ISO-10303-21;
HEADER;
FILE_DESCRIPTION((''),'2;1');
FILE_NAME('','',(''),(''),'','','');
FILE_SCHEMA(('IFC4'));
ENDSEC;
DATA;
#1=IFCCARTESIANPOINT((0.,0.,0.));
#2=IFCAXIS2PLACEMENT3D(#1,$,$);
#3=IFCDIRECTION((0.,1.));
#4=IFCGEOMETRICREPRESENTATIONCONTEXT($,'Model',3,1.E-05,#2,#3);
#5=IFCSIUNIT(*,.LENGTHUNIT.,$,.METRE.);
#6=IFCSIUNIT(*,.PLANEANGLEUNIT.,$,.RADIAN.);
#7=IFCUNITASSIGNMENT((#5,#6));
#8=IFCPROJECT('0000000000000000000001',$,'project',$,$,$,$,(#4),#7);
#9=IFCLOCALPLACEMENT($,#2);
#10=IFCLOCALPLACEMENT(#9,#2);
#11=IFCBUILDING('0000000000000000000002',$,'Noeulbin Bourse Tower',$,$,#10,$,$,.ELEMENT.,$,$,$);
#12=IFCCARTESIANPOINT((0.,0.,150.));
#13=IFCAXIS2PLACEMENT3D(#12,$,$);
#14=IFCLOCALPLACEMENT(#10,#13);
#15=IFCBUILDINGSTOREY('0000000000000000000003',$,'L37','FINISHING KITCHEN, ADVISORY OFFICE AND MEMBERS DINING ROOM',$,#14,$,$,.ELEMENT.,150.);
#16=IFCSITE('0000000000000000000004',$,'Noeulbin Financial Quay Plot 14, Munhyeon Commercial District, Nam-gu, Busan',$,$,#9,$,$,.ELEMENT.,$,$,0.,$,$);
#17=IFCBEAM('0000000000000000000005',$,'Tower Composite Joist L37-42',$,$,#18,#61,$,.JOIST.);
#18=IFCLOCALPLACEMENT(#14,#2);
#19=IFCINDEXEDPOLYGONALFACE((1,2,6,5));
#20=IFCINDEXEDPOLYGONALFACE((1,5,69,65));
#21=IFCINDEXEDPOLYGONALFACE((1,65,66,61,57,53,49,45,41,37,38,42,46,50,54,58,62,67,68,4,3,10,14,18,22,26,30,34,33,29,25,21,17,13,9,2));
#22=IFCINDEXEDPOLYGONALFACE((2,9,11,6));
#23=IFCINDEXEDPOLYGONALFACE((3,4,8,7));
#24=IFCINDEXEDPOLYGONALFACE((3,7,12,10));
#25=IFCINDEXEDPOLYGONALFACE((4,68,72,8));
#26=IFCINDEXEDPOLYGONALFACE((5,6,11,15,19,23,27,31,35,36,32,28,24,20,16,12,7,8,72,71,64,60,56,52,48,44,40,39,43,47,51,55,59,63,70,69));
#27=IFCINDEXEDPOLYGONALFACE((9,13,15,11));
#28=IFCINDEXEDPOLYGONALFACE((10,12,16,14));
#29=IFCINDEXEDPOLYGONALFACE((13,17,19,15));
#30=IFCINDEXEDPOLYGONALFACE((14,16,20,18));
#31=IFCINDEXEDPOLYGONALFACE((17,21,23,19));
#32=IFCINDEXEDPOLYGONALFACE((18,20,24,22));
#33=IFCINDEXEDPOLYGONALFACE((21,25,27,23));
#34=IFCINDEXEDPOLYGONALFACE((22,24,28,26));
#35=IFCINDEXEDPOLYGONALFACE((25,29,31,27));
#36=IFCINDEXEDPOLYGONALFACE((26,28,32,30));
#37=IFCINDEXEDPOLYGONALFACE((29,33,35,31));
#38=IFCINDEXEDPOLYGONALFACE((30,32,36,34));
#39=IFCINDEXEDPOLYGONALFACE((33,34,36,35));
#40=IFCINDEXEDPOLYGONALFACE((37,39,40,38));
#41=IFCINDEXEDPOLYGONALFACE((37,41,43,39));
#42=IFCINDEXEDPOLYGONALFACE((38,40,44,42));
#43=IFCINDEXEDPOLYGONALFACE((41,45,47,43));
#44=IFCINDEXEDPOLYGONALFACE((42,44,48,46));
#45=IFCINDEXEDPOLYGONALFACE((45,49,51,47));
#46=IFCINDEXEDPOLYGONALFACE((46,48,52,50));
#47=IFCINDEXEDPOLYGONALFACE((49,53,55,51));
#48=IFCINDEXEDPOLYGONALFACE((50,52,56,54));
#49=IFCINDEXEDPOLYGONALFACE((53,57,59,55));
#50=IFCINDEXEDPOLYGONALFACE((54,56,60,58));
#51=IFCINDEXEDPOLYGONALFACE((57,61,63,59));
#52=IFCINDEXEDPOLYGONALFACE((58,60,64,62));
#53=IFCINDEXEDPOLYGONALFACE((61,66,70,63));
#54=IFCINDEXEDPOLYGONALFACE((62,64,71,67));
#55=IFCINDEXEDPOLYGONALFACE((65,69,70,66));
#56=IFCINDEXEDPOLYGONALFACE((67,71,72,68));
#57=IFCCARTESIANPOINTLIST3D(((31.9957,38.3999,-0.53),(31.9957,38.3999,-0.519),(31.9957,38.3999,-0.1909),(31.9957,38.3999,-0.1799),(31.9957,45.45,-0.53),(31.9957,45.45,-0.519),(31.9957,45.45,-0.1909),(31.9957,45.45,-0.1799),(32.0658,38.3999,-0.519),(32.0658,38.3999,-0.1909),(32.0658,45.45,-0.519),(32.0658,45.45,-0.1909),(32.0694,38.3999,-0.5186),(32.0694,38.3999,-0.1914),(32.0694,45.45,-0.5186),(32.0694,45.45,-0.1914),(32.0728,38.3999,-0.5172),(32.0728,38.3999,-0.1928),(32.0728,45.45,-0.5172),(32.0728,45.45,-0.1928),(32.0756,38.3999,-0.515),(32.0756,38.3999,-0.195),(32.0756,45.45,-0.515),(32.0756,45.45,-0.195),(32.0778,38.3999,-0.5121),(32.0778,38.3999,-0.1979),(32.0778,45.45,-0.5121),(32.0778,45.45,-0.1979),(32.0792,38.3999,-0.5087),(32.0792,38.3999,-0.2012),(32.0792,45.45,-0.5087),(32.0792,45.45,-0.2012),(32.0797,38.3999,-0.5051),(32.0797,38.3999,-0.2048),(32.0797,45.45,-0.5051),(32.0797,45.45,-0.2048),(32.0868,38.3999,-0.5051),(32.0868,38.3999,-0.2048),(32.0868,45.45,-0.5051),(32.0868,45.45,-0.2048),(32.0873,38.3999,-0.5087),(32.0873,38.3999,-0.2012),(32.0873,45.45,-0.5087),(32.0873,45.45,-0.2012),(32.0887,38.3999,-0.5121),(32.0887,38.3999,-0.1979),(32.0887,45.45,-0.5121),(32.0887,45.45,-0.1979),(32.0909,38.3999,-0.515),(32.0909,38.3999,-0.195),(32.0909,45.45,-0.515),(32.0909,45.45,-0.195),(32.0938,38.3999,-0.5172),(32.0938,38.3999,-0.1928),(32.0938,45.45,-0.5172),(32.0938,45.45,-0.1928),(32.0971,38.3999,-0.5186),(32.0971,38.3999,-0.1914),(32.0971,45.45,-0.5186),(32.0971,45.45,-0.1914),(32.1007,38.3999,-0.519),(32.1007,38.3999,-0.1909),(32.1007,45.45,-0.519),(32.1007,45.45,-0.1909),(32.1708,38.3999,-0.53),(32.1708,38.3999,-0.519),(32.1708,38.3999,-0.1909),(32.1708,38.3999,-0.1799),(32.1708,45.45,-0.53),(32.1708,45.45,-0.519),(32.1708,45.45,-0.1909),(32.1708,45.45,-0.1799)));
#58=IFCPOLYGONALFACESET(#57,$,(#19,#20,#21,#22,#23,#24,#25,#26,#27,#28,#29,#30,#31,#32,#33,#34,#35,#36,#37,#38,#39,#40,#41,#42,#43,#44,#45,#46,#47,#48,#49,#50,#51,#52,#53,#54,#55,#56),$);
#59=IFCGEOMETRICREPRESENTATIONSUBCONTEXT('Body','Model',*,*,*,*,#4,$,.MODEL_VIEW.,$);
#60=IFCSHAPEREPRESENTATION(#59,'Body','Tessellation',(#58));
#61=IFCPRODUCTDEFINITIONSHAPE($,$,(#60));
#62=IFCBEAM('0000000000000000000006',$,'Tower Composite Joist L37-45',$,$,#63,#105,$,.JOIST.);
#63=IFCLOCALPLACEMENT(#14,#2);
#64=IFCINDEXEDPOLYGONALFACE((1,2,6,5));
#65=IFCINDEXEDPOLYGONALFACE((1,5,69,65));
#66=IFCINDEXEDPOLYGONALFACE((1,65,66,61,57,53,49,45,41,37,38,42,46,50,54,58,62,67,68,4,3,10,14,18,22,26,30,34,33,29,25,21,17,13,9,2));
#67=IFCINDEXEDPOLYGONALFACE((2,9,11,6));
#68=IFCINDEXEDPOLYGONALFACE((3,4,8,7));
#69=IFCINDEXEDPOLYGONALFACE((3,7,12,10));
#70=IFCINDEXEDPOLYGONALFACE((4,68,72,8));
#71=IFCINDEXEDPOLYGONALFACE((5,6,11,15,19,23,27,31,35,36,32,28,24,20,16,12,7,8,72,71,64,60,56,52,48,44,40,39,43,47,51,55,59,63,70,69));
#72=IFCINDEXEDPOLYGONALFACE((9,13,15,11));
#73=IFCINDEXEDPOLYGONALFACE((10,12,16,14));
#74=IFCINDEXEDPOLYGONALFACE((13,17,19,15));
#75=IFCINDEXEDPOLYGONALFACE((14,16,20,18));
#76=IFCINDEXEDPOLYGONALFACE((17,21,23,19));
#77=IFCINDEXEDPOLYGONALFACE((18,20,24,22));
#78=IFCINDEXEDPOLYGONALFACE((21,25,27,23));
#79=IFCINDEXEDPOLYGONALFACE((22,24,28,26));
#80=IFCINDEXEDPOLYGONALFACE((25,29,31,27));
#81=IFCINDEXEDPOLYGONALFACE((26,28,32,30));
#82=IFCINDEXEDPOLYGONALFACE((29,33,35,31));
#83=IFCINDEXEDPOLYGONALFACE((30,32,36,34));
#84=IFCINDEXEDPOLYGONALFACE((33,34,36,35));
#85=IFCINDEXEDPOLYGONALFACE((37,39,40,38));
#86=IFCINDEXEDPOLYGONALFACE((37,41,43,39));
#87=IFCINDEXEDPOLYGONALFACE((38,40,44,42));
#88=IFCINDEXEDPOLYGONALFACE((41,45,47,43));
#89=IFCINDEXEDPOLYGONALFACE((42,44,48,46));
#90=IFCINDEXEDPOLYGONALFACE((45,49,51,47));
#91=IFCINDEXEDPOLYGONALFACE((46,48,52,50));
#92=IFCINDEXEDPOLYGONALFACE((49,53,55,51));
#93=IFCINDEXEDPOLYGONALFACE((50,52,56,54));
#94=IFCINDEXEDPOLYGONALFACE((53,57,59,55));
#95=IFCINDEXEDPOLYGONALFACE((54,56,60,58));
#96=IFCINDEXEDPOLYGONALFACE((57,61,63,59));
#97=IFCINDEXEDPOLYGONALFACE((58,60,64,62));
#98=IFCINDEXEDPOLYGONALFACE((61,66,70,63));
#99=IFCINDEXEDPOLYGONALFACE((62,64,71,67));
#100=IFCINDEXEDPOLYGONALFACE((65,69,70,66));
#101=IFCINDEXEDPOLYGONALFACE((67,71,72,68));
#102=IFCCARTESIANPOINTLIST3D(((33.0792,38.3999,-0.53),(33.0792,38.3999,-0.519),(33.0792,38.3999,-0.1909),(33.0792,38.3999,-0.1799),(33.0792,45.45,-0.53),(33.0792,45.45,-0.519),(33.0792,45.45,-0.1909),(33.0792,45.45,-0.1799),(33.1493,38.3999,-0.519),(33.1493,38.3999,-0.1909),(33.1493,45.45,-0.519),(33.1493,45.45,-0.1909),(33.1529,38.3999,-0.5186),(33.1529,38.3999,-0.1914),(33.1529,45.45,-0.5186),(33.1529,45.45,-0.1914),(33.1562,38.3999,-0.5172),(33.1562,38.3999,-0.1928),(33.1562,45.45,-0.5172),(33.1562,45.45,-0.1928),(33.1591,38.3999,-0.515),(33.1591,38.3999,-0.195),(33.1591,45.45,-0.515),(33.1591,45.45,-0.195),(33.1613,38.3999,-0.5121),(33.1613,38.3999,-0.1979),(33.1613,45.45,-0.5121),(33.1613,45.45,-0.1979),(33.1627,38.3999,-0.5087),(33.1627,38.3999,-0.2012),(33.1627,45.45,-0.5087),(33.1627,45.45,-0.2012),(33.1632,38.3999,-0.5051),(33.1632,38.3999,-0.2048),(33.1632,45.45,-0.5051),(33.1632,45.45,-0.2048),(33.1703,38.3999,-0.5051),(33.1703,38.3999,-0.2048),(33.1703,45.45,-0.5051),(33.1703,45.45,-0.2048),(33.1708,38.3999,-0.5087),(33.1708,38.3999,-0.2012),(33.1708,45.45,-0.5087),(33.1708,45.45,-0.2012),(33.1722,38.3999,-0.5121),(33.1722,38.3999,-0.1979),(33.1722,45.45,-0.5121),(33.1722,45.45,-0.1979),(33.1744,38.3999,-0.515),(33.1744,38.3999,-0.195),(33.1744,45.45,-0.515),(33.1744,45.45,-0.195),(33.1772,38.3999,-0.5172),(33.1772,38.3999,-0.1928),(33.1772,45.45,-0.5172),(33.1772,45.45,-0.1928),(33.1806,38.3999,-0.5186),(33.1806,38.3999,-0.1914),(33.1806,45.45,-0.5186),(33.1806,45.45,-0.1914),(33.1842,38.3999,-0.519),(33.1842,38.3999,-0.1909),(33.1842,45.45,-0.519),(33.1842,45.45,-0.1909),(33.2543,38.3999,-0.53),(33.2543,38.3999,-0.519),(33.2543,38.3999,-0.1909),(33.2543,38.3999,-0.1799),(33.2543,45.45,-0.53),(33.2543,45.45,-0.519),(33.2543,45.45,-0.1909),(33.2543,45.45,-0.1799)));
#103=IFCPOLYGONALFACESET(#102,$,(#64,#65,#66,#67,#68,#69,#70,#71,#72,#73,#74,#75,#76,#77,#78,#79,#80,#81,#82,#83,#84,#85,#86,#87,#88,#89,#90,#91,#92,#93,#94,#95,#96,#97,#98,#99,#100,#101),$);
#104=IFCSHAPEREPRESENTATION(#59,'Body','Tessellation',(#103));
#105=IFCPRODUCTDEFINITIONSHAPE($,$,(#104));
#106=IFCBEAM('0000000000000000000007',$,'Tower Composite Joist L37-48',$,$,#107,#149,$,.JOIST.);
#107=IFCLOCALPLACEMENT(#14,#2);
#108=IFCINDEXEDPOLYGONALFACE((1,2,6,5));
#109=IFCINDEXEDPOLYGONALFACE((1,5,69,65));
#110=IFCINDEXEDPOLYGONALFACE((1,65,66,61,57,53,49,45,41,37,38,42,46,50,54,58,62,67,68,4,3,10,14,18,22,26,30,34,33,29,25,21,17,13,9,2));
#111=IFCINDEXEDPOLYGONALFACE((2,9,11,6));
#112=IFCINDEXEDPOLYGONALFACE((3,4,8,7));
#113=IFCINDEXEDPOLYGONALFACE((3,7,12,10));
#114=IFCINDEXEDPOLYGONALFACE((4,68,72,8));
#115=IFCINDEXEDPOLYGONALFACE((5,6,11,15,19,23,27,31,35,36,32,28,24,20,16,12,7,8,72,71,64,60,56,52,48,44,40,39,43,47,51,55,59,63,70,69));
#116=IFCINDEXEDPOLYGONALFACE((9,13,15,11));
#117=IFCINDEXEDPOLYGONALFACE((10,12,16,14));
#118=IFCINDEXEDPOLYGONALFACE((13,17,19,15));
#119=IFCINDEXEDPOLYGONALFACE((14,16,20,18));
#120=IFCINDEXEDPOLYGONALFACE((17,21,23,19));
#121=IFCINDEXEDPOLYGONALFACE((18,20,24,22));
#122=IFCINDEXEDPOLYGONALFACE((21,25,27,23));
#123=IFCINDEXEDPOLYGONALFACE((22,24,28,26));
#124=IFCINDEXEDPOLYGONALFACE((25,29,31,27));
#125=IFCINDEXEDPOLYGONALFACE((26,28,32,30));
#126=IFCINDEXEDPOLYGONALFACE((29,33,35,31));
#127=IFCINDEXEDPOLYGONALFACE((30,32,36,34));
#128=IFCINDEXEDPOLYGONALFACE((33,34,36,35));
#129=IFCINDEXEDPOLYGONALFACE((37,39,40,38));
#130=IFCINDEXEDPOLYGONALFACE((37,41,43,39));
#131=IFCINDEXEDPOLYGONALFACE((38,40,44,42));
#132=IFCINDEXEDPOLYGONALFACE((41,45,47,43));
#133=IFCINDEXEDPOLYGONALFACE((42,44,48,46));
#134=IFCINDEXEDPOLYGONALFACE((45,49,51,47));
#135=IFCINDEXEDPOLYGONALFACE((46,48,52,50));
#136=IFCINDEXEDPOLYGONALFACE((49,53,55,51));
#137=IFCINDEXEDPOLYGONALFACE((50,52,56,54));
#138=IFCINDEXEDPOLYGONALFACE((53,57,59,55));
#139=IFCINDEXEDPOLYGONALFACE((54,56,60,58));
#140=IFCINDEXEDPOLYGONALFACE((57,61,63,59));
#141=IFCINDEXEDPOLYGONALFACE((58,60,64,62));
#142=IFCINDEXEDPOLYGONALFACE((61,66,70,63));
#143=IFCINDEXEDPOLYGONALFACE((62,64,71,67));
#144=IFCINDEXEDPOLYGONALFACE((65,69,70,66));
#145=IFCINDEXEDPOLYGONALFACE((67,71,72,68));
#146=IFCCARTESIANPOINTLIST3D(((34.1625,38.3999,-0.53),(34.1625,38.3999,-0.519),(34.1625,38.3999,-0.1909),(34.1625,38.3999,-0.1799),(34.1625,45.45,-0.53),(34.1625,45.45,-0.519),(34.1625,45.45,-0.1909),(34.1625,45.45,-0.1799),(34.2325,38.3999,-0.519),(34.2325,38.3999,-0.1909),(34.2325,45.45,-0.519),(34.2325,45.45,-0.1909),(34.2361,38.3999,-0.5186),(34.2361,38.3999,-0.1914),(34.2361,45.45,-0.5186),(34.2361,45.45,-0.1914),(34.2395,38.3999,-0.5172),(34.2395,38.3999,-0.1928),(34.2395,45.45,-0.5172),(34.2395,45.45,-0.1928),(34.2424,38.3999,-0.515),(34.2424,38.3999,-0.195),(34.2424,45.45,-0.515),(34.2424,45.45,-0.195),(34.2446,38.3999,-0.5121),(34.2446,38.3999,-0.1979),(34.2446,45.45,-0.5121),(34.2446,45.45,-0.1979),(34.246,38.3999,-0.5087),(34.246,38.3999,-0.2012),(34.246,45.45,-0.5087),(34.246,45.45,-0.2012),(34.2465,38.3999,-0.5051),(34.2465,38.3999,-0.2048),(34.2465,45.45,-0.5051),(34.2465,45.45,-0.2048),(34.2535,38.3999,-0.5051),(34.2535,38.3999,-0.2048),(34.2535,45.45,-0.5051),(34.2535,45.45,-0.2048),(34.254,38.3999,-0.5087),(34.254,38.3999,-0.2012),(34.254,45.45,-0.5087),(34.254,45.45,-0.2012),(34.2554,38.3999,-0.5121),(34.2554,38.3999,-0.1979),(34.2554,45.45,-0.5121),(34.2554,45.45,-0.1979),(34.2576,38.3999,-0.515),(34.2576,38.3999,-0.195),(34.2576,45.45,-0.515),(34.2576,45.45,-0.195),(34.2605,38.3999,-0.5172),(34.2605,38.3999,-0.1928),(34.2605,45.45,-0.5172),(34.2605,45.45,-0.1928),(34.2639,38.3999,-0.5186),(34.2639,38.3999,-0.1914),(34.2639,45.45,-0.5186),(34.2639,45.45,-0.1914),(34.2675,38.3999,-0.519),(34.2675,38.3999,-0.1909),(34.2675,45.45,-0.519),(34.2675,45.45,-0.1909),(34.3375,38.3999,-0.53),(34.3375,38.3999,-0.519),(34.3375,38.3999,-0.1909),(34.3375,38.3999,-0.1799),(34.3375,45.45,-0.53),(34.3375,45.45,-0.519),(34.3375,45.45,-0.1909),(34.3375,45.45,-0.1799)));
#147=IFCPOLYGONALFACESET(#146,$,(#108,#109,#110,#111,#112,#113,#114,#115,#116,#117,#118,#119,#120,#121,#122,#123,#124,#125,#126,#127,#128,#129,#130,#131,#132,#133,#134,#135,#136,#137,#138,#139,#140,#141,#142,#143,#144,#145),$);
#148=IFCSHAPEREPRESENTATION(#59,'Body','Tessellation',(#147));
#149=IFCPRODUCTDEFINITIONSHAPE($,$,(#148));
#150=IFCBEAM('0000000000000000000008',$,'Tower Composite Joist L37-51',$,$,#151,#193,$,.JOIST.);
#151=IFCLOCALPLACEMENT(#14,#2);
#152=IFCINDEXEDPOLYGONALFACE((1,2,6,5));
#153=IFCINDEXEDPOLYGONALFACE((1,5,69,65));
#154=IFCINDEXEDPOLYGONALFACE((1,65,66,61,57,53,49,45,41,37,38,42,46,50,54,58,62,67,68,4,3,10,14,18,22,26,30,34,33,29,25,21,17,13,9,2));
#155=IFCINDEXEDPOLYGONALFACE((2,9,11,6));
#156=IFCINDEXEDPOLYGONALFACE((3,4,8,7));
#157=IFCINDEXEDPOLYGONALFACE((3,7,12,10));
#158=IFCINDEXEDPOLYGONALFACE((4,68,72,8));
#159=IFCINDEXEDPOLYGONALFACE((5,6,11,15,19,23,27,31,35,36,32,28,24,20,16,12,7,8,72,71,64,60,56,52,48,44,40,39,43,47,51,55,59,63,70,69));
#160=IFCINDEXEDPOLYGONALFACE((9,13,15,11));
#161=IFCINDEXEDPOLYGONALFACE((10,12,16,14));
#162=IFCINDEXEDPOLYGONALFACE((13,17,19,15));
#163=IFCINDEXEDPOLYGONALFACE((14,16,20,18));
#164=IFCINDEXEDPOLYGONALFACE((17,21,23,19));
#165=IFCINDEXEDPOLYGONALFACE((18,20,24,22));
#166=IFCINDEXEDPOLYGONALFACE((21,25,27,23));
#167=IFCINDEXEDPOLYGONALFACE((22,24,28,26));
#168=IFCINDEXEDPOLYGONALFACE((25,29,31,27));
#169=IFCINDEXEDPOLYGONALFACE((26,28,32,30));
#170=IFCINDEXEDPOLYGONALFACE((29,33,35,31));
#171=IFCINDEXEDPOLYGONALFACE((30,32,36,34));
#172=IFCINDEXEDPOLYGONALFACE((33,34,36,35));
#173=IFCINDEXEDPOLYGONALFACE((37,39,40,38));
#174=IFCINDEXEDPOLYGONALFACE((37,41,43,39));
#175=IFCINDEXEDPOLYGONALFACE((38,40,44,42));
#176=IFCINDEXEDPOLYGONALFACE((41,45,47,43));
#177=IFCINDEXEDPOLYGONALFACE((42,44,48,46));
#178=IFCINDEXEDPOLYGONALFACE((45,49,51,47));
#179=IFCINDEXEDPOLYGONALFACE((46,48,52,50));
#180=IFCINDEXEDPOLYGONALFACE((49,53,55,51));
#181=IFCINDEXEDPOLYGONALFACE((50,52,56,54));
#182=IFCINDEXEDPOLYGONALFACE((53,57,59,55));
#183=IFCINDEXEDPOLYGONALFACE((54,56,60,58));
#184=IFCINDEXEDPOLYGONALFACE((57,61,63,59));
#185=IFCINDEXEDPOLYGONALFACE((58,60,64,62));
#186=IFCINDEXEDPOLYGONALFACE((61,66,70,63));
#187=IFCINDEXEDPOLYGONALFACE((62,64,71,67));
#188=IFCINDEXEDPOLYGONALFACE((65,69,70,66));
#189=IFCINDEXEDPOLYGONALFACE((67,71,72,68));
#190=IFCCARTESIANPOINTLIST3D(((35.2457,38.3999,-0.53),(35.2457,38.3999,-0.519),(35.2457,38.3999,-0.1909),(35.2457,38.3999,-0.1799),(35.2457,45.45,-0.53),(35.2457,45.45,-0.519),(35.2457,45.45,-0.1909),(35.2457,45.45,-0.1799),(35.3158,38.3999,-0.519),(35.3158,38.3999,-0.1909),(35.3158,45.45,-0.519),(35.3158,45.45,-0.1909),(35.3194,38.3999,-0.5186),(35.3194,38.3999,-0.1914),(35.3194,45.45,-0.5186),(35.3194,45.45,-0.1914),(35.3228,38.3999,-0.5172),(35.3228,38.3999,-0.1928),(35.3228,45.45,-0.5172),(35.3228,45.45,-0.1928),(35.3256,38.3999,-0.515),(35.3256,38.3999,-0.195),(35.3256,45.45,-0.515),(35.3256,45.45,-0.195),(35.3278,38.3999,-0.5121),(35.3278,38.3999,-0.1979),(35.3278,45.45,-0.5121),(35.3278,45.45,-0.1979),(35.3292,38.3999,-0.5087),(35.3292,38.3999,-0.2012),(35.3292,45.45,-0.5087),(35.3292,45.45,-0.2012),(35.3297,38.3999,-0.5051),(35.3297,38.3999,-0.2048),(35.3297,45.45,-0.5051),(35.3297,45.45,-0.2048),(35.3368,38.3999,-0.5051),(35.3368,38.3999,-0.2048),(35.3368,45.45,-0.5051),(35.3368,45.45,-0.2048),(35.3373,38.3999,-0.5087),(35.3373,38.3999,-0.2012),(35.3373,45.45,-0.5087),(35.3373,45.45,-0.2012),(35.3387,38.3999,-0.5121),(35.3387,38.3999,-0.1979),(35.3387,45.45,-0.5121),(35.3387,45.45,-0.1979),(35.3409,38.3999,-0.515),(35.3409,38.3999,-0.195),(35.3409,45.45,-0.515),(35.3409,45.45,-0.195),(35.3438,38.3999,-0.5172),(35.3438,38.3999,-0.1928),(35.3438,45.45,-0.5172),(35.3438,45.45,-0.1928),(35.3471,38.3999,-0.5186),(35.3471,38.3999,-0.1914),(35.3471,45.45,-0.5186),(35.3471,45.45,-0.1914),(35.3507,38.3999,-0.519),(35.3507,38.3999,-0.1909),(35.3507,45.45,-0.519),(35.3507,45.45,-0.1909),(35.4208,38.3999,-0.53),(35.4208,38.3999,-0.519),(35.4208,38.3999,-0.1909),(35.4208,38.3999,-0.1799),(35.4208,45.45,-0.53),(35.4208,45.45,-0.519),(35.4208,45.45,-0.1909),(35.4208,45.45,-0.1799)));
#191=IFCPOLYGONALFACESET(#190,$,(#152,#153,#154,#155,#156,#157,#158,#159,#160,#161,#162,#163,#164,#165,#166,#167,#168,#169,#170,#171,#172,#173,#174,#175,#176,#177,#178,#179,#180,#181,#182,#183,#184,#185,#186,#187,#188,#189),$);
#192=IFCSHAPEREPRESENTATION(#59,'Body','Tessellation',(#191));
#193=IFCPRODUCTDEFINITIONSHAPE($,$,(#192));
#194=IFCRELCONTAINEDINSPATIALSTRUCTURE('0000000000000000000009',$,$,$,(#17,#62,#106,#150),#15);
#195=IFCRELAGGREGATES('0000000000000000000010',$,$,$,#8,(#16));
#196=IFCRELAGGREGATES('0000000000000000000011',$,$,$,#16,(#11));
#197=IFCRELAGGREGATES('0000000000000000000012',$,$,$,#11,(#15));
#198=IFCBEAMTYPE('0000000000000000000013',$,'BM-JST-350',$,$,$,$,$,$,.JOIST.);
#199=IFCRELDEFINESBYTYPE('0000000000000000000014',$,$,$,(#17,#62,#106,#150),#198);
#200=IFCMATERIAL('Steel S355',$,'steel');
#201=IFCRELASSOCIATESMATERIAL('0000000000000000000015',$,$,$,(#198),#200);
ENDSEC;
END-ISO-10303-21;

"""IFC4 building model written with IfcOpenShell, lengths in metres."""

from ifc_helpers import new_model, si_unit, direction, frame, origin, origin_2d, place, context, subcontext, project, spatial, i_section, extrude, material, material_profile, profile_set, type_object, element, save


model = new_model("IFC4")

# Units and contexts
model_context = context("Model", 3, precision=1e-05, world=origin(), true_north=direction((0.0, 1.0)))
body_context = subcontext(model_context, "Body", "Model", "MODEL_VIEW")
ifc_project = project(units=[si_unit("LENGTHUNIT", "METRE"), si_unit("PLANEANGLEUNIT", "RADIAN")], contexts=[model_context])

# Site, building, storey
site_placement = place(None, origin())
site = spatial("IfcSite", under=ifc_project, at=site_placement, Name="Noeulbin Financial Quay Plot 14, Munhyeon Commercial District, Nam-gu, Busan", CompositionType="ELEMENT", RefElevation=0.0)
building_placement = place(site_placement, origin())
building = spatial("IfcBuilding", under=site, at=building_placement, Name="Noeulbin Bourse Tower", CompositionType="ELEMENT")
storey_placement = place(building_placement, frame((0.0, 0.0, 150.0)))
storey = spatial("IfcBuildingStorey", under=building, at=storey_placement, Name="L37", Description="FINISHING KITCHEN, ADVISORY OFFICE AND MEMBERS DINING ROOM", CompositionType="ELEMENT", Elevation=150.0)

# Shared definitions
ifc_material_1 = material(Name="Steel S355", Category="steel")

# Beams
ifc_material_profile_1 = material_profile(ifc_material_1, i_section(OverallWidth=0.175, OverallDepth=0.3501, WebThickness=0.0071, FlangeThickness=0.011, FilletRadius=0.0139, at=origin_2d()), Name="H-350x175x7x11", Category="LoadBearing")
ifc_profile_set_1 = profile_set([ifc_material_profile_1], Name="Steel S355")
beam_type_1 = type_object("IfcBeamType", Name="BM-JST-350", PredefinedType="JOIST", material=ifc_profile_set_1)
for number, where, z_axis, x_axis, name in (
    (1, (32.0833, 38.3999, -0.355), (0.0, 1.0, 0.0), (-1.0, 0.0, 0.0), "Tower Composite Joist L37-42"),
    (2, (33.1667, 38.3999, -0.355), (0.0, 1.0, 0.0), (-1.0, 0.0, 0.0), "Tower Composite Joist L37-45"),
    (3, (34.25, 38.3999, -0.355), (0.0, 1.0, 0.0), (-1.0, 0.0, 0.0), "Tower Composite Joist L37-48"),
    (4, (35.3333, 38.3999, -0.355), (0.0, 1.0, 0.0), (-1.0, 0.0, 0.0), "Tower Composite Joist L37-51"),
):
    element("IfcBeam", number, at=place(storey_placement, frame(where, z_axis=z_axis, x_axis=x_axis)), inside=storey, type_object=beam_type_1, Name=name, PredefinedType="JOIST", context=body_context, shape_type="SweptSolid", body=[
        extrude(i_section(OverallWidth=0.175, OverallDepth=0.3501, WebThickness=0.0071, FlangeThickness=0.011, FilletRadius=0.0139, at=origin_2d()), origin(), (0.0, 0.0, 1.0), 7.05),
    ])

save(model, "model.ifc")
